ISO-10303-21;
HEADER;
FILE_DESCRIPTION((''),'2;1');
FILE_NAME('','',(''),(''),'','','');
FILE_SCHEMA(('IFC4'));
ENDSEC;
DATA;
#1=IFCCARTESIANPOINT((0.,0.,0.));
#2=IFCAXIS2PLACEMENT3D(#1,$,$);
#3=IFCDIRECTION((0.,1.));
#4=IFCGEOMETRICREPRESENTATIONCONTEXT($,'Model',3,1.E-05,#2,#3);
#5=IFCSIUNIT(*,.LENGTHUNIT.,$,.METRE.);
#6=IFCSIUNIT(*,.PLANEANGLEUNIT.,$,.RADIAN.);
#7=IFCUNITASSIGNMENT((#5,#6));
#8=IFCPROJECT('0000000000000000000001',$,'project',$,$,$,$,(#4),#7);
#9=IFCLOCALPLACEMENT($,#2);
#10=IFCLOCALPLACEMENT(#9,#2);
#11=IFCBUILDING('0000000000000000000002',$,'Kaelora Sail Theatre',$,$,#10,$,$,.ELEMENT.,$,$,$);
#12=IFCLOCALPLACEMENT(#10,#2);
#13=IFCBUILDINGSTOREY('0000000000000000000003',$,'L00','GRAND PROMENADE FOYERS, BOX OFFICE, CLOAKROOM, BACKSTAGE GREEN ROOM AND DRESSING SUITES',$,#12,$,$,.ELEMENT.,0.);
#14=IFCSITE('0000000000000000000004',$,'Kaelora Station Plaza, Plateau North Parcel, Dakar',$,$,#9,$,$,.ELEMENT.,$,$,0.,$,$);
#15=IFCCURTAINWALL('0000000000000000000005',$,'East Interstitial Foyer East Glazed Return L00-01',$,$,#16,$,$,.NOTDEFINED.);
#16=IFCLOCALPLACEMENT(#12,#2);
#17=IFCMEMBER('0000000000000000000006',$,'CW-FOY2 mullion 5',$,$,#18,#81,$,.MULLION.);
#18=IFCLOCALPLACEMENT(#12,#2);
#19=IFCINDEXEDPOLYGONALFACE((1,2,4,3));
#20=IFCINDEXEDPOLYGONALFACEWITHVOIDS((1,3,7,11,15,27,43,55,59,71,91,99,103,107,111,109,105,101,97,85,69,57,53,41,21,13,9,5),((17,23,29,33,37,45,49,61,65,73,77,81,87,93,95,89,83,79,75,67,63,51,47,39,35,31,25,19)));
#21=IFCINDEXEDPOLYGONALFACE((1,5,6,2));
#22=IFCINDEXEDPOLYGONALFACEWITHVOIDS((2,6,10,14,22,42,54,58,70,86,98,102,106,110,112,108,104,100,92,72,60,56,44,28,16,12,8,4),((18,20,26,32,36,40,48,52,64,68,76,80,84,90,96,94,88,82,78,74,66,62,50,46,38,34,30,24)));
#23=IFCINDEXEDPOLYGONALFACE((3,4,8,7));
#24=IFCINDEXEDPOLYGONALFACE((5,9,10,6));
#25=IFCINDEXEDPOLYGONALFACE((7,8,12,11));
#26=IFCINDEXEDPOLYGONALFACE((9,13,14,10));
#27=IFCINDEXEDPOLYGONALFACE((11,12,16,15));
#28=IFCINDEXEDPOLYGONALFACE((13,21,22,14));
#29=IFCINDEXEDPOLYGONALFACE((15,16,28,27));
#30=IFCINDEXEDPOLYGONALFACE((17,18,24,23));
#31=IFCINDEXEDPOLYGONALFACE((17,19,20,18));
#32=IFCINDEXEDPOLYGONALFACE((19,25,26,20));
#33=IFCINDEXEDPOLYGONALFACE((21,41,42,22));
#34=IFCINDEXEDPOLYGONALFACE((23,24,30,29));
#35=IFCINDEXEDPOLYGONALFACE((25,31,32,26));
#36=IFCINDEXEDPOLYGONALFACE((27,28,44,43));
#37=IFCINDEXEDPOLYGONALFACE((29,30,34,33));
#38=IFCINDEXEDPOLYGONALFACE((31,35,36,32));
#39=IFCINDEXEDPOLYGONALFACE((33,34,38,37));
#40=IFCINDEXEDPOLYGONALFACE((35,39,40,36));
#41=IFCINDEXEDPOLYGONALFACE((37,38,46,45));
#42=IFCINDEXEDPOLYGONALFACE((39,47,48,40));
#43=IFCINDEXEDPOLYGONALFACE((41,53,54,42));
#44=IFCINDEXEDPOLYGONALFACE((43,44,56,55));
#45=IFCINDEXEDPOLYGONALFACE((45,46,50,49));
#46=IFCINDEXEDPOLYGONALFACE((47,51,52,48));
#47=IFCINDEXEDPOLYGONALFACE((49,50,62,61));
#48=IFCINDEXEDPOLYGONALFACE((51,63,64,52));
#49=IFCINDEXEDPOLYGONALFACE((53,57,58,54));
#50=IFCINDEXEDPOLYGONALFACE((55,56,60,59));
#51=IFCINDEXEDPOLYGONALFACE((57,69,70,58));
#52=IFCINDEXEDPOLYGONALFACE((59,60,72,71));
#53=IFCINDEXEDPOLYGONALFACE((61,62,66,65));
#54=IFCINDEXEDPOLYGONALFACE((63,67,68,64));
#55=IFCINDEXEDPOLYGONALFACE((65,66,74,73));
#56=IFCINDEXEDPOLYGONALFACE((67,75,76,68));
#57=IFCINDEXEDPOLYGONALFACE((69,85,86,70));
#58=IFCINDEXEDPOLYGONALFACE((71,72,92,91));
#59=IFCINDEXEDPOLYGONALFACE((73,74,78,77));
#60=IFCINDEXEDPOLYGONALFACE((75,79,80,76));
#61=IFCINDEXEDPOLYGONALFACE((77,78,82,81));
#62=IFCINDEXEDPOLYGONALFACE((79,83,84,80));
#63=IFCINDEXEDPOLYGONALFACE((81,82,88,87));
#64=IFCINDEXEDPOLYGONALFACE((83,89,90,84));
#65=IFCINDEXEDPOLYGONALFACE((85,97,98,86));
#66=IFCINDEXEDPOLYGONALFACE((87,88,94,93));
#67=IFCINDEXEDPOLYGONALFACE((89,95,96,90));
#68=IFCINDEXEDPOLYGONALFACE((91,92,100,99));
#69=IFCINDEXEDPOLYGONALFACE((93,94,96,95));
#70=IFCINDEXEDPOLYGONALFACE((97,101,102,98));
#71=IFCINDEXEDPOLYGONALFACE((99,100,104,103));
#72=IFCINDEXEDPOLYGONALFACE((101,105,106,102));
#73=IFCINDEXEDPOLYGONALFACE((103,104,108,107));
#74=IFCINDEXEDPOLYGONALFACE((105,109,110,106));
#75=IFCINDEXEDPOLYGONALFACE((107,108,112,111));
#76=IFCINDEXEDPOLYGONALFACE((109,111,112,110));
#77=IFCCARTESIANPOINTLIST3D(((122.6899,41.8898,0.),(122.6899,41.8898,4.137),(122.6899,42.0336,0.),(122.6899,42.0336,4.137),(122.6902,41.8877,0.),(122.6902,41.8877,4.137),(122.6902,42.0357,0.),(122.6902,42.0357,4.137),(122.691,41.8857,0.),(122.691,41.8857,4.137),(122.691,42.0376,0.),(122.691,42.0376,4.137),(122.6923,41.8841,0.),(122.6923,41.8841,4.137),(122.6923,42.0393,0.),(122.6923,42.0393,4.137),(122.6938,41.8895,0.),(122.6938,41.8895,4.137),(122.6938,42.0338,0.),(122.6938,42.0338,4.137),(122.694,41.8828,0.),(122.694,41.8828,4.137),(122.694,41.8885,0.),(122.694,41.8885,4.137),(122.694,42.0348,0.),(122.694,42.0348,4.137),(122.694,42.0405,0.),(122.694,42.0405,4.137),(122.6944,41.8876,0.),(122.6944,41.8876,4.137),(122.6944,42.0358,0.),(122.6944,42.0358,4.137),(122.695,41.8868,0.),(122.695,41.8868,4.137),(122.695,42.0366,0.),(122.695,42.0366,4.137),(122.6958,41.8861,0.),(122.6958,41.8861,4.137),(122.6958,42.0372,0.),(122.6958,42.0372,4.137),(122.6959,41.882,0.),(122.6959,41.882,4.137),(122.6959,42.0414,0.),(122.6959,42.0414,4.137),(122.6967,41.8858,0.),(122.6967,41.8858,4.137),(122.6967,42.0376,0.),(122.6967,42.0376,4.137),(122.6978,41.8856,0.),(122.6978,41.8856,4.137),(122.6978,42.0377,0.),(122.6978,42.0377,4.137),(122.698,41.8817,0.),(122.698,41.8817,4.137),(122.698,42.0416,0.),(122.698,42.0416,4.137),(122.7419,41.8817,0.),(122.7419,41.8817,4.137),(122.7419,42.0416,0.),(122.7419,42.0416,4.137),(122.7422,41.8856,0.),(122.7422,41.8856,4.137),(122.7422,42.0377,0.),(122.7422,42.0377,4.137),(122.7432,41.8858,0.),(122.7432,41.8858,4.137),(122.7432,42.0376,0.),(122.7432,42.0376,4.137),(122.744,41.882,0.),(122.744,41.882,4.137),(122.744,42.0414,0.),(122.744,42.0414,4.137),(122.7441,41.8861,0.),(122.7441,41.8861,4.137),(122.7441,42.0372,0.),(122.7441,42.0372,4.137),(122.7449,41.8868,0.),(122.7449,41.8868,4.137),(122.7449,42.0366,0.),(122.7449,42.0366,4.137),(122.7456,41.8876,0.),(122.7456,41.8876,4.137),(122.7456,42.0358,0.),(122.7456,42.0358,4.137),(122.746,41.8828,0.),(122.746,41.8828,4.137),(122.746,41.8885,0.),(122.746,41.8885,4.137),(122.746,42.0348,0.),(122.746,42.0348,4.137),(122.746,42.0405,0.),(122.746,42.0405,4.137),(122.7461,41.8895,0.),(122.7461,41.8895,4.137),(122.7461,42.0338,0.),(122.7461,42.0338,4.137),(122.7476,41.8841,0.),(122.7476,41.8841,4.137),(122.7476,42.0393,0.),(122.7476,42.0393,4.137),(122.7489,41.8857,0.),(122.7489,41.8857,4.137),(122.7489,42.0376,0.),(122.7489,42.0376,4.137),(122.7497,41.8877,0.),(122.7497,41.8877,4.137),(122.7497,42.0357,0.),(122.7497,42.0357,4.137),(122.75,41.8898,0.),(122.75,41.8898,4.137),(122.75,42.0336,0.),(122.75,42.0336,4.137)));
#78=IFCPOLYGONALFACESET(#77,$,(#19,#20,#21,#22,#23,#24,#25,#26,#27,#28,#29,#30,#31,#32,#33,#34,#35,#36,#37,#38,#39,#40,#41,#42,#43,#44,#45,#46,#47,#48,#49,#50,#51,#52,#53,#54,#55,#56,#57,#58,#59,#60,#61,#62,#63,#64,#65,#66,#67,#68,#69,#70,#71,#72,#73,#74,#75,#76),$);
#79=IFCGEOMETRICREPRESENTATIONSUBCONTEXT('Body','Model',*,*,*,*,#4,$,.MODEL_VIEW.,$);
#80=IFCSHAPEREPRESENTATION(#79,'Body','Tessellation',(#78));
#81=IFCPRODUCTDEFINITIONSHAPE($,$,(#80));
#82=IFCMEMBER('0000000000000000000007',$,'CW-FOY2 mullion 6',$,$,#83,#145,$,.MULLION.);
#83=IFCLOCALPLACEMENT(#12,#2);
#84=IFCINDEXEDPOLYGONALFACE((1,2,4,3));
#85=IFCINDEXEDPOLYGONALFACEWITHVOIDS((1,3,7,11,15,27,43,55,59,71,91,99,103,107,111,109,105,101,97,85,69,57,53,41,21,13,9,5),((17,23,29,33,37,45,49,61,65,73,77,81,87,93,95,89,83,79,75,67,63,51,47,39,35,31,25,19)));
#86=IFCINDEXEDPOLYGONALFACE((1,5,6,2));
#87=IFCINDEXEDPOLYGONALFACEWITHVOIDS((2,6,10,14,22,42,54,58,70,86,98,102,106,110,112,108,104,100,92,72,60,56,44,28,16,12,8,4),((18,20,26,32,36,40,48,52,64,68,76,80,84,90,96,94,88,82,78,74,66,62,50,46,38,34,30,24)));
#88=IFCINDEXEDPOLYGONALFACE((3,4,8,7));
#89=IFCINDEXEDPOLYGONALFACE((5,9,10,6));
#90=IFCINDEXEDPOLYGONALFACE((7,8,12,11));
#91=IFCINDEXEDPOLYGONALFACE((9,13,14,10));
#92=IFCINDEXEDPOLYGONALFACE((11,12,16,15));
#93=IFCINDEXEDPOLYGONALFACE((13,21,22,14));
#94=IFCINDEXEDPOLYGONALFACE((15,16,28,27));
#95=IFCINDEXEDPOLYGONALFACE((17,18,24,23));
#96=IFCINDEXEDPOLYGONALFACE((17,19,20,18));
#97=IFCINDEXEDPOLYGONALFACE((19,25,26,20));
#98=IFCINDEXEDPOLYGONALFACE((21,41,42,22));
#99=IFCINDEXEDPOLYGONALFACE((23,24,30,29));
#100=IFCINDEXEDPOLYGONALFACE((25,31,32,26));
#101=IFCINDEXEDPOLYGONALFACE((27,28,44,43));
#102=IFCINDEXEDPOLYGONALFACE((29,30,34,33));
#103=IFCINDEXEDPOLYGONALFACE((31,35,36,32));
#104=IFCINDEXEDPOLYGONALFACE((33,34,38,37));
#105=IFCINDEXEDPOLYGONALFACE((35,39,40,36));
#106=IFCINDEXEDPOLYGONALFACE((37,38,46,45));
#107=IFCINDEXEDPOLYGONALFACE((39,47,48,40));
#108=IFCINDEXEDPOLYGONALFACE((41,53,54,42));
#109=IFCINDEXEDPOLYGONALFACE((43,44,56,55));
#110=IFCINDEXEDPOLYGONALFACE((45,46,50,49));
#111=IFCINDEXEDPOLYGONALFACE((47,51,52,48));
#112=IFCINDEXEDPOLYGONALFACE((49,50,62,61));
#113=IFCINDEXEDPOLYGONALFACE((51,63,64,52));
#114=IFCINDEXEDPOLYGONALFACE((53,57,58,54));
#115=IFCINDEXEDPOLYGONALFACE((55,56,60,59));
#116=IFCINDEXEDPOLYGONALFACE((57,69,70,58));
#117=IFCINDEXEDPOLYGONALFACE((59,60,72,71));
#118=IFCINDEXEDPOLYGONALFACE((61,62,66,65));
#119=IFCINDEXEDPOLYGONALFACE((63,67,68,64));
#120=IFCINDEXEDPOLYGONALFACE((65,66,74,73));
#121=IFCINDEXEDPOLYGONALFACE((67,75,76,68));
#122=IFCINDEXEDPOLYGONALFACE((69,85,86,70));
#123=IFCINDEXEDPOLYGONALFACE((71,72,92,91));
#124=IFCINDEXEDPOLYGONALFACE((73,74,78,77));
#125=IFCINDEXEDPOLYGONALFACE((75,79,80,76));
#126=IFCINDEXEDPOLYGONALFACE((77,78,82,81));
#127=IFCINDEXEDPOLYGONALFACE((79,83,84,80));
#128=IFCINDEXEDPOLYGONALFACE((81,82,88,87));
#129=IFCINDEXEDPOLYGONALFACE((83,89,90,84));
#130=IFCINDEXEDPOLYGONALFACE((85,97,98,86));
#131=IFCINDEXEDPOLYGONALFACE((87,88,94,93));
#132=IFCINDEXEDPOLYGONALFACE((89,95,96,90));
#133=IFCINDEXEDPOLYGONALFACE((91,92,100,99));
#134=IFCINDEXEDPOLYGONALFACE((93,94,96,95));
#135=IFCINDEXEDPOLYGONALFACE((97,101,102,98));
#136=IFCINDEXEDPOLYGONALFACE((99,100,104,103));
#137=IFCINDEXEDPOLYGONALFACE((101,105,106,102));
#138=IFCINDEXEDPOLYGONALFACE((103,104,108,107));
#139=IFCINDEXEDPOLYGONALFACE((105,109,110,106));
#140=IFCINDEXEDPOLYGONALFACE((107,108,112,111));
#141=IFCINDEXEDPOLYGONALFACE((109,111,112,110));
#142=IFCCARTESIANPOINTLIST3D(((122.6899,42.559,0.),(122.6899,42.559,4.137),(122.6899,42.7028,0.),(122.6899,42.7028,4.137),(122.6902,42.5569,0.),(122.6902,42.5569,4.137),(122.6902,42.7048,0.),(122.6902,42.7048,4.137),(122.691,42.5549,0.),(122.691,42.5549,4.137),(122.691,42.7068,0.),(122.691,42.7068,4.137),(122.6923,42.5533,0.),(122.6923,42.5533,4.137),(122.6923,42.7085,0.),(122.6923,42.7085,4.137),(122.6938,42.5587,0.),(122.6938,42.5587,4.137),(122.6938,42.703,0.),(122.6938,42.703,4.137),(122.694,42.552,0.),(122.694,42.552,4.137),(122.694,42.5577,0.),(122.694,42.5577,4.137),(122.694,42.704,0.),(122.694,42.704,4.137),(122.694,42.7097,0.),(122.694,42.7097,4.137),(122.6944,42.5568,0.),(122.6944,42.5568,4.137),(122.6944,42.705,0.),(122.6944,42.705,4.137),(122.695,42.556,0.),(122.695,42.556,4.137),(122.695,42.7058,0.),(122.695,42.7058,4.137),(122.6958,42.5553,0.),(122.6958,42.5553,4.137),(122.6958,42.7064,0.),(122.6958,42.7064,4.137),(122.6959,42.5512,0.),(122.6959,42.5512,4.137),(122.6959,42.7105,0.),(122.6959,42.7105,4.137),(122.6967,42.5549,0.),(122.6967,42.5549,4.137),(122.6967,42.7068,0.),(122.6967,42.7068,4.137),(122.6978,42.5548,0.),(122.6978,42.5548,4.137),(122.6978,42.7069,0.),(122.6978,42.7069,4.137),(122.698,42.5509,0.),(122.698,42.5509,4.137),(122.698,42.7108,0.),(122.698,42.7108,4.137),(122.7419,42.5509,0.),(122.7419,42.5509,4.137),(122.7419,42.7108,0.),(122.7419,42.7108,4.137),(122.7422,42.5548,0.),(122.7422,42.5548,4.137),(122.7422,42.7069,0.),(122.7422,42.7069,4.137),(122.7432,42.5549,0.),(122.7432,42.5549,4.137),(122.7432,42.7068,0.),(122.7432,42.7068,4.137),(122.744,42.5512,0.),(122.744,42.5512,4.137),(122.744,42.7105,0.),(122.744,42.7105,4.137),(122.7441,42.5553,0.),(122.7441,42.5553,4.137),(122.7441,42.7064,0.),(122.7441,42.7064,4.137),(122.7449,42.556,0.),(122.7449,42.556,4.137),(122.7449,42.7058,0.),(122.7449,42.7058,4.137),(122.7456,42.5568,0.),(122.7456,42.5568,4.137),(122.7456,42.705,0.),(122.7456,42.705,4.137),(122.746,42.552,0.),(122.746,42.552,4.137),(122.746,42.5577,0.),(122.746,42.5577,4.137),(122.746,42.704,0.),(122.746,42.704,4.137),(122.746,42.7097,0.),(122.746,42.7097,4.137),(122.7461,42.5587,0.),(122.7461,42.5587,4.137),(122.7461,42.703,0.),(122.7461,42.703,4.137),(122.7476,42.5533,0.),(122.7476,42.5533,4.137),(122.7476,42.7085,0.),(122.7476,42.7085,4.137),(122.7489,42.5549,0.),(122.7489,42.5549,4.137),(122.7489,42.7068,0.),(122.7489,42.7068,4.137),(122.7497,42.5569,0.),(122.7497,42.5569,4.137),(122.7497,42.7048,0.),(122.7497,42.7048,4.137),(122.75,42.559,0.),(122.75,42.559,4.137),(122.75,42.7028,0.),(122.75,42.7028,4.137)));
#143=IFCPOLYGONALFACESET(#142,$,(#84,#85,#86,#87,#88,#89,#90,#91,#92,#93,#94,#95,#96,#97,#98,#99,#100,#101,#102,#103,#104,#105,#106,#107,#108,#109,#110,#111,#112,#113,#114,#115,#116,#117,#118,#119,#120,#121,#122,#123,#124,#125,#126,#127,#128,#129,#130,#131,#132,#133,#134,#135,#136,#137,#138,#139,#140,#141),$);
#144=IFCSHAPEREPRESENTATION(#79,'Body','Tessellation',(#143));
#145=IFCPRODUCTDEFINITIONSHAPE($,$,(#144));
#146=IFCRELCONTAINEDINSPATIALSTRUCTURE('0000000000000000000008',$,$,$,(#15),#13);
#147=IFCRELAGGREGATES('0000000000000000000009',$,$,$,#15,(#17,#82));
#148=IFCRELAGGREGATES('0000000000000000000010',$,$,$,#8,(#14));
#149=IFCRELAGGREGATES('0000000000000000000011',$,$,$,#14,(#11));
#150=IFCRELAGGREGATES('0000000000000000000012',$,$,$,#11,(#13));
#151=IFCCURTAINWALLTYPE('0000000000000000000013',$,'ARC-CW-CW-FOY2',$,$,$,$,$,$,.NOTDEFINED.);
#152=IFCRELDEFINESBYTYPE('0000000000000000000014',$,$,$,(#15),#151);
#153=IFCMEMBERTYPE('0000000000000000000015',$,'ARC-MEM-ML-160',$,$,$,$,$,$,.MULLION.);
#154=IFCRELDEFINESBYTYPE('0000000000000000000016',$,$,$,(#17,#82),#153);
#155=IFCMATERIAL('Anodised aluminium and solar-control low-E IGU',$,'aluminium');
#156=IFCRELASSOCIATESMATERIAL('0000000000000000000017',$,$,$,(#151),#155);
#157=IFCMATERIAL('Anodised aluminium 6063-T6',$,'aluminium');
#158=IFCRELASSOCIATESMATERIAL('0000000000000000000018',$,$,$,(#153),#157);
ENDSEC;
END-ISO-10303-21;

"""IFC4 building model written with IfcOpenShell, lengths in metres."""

from ifc_helpers import new_model, si_unit, direction, frame, origin, origin_2d, place, context, subcontext, project, spatial, hollow_rectangle, extrude, material, material_profile, profile_set, type_object, element, aggregate, save


model = new_model("IFC4")

# Units and contexts
model_context = context("Model", 3, precision=1e-05, world=origin(), true_north=direction((0.0, 1.0)))
body_context = subcontext(model_context, "Body", "Model", "MODEL_VIEW")
ifc_project = project(units=[si_unit("LENGTHUNIT", "METRE"), si_unit("PLANEANGLEUNIT", "RADIAN")], contexts=[model_context])

# Site, building, storey
site_placement = place(None, origin())
site = spatial("IfcSite", under=ifc_project, at=site_placement, Name="Kaelora Station Plaza, Plateau North Parcel, Dakar", CompositionType="ELEMENT", RefElevation=0.0)
building_placement = place(site_placement, origin())
building = spatial("IfcBuilding", under=site, at=building_placement, Name="Kaelora Sail Theatre", CompositionType="ELEMENT")
storey_placement = place(building_placement, origin())
storey = spatial("IfcBuildingStorey", under=building, at=storey_placement, Name="L00", Description="GRAND PROMENADE FOYERS, BOX OFFICE, CLOAKROOM, BACKSTAGE GREEN ROOM AND DRESSING SUITES", CompositionType="ELEMENT", Elevation=0.0)

# Curtain wall, members
ifc_material_1 = material(Name="Anodised aluminium and solar-control low-E IGU", Category="aluminium")
curtain_wall_type = type_object("IfcCurtainWallType", Name="ARC-CW-CW-FOY2", PredefinedType="NOTDEFINED", material=ifc_material_1)
curtain_wall_placement = place(storey_placement, origin())
curtain_wall = element("IfcCurtainWall", 1, at=curtain_wall_placement, inside=storey, type_object=curtain_wall_type, Name="East Interstitial Foyer East Glazed Return L00-01", PredefinedType="NOTDEFINED")
ifc_material_2 = material(Name="Anodised aluminium 6063-T6", Category="aluminium")
ifc_material_profile_1 = material_profile(ifc_material_2, hollow_rectangle(XDim=0.0601, YDim=0.1599, WallThickness=0.0039, InnerFilletRadius=0.0039, OuterFilletRadius=0.0081, at=origin_2d()), Name="ALU-MULL 60x160x4")
ifc_profile_set_1 = profile_set([ifc_material_profile_1], Name="Anodised aluminium 6063-T6")
member_type_1 = type_object("IfcMemberType", Name="ARC-MEM-ML-160", PredefinedType="MULLION", material=ifc_profile_set_1)
member_1_placement = place(storey_placement, frame((122.72, 41.9617, 0.0), z_axis=(0.0, 0.0, 1.0), x_axis=(-1.0, 0.0, 0.0)))
member_1 = element("IfcMember", 2, at=member_1_placement, type_object=member_type_1, Name="CW-FOY2 mullion 5", PredefinedType="MULLION", context=body_context, shape_type="SweptSolid", body=[
    extrude(hollow_rectangle(XDim=0.0601, YDim=0.1599, WallThickness=0.0039, InnerFilletRadius=0.0039, OuterFilletRadius=0.0081, at=origin_2d()), origin(), (0.0, 0.0, 1.0), 4.137),
])
member_2_placement = place(storey_placement, frame((122.72, 42.6309, 0.0), z_axis=(0.0, 0.0, 1.0), x_axis=(-1.0, 0.0, 0.0)))
member_2 = element("IfcMember", 3, at=member_2_placement, type_object=member_type_1, Name="CW-FOY2 mullion 6", PredefinedType="MULLION", context=body_context, shape_type="SweptSolid", body=[
    extrude(hollow_rectangle(XDim=0.0601, YDim=0.1599, WallThickness=0.0039, InnerFilletRadius=0.0039, OuterFilletRadius=0.0081, at=origin_2d()), origin(), (0.0, 0.0, 1.0), 4.137),
])

aggregate(curtain_wall, [member_1, member_2])

save(model, "model.ifc")
